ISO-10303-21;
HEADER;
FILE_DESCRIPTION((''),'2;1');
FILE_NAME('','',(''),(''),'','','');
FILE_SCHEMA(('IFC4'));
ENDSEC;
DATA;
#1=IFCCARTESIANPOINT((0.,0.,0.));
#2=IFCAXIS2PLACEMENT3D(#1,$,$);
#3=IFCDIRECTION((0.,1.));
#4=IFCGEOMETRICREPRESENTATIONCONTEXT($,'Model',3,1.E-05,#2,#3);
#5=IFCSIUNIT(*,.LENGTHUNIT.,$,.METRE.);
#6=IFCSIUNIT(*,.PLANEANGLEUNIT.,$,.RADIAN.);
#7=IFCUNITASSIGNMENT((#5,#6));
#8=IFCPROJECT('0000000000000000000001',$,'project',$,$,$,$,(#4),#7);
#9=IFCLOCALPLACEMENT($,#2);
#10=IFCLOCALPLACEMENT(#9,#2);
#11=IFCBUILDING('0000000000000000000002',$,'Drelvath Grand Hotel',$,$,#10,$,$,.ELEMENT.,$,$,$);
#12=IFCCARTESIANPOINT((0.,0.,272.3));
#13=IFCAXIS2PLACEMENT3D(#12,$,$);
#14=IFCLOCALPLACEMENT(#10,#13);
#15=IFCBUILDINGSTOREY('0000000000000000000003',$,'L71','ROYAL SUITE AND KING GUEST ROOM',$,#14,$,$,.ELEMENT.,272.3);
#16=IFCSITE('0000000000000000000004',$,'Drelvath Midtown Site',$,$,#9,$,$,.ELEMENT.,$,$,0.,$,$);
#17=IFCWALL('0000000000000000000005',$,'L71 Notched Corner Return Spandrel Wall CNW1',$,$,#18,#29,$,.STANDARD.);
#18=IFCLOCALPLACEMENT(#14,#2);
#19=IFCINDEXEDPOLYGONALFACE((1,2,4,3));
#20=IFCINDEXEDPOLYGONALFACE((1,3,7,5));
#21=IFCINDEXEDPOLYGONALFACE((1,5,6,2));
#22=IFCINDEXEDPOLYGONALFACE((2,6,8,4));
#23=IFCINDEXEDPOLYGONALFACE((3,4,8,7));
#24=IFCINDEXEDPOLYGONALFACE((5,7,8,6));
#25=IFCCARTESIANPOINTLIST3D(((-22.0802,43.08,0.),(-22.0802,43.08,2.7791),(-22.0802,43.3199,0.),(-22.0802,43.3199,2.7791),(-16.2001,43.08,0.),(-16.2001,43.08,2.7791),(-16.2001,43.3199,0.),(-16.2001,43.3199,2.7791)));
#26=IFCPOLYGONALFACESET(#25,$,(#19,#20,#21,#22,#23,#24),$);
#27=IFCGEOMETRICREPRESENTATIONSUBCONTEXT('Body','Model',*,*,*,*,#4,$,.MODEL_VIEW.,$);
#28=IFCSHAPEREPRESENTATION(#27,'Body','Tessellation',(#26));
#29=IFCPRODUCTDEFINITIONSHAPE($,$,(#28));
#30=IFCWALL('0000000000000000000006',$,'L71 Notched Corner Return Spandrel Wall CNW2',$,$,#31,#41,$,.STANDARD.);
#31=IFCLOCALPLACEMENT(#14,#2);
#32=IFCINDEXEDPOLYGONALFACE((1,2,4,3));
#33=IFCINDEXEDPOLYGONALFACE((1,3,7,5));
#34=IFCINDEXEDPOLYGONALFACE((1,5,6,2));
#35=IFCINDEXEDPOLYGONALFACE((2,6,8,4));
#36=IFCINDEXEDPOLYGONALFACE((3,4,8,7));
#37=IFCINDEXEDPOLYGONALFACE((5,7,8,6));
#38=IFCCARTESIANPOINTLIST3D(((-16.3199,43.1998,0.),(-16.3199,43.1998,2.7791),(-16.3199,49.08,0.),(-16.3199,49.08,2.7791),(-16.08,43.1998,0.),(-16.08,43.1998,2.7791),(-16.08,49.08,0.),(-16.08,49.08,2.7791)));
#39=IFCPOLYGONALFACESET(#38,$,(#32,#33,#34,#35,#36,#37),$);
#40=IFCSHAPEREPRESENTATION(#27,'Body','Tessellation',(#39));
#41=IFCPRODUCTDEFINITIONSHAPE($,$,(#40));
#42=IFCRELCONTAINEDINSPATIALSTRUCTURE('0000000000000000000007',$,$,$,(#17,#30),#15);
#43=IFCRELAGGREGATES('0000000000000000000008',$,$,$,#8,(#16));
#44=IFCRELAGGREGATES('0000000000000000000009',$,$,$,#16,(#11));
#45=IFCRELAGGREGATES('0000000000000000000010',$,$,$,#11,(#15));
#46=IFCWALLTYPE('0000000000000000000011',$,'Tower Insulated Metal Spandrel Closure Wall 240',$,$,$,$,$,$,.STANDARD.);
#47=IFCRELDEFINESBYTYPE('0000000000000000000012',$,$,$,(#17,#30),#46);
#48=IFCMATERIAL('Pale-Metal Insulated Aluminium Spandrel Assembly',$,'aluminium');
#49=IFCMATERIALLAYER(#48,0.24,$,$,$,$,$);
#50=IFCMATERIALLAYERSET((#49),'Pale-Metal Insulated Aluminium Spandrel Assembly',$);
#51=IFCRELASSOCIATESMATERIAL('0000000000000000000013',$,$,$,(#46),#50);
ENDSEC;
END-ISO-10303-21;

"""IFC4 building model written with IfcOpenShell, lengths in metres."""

from ifc_helpers import new_model, si_unit, direction, frame, frame_2d, origin, place, context, subcontext, project, spatial, rectangle, extrude, material, layer, layer_set, type_object, element, save


model = new_model("IFC4")

# Units and contexts
model_context = context("Model", 3, precision=1e-05, world=origin(), true_north=direction((0.0, 1.0)))
body_context = subcontext(model_context, "Body", "Model", "MODEL_VIEW")
ifc_project = project(units=[si_unit("LENGTHUNIT", "METRE"), si_unit("PLANEANGLEUNIT", "RADIAN")], contexts=[model_context])

# Site, building, storey
site_placement = place(None, origin())
site = spatial("IfcSite", under=ifc_project, at=site_placement, Name="Drelvath Midtown Site", CompositionType="ELEMENT", RefElevation=0.0)
building_placement = place(site_placement, origin())
building = spatial("IfcBuilding", under=site, at=building_placement, Name="Drelvath Grand Hotel", CompositionType="ELEMENT")
storey_placement = place(building_placement, frame((0.0, 0.0, 272.3)))
storey = spatial("IfcBuildingStorey", under=building, at=storey_placement, Name="L71", Description="ROYAL SUITE AND KING GUEST ROOM", CompositionType="ELEMENT", Elevation=272.3)

# Walls
ifc_material_1 = material(Name="Pale-Metal Insulated Aluminium Spandrel Assembly", Category="aluminium")
ifc_layer_1 = layer(ifc_material_1, 0.24)
ifc_layer_set_1 = layer_set([ifc_layer_1], Name="Pale-Metal Insulated Aluminium Spandrel Assembly")
wall_type = type_object("IfcWallType", Name="Tower Insulated Metal Spandrel Closure Wall 240", PredefinedType="STANDARD", material=ifc_layer_set_1)
for number, where, z_axis, x_axis, name in (
    (1, (-22.0801, 43.2, 0.0), (0.0, 0.0, 1.0), (1.0, 0.0, 0.0), "L71 Notched Corner Return Spandrel Wall CNW1"),
    (2, (-16.2, 43.2, 0.0), (0.0, 0.0, 1.0), (0.0, 1.0, 0.0), "L71 Notched Corner Return Spandrel Wall CNW2"),
):
    element("IfcWall", number, at=place(storey_placement, frame(where, z_axis=z_axis, x_axis=x_axis)), inside=storey, type_object=wall_type, Name=name, PredefinedType="STANDARD", context=body_context, shape_type="SweptSolid", body=[
        extrude(rectangle(XDim=5.8801, YDim=0.24, at=frame_2d((2.9399, 0.0))), origin(), (0.0, 0.0, 1.0), 2.7791),
    ])

save(model, "model.ifc")
